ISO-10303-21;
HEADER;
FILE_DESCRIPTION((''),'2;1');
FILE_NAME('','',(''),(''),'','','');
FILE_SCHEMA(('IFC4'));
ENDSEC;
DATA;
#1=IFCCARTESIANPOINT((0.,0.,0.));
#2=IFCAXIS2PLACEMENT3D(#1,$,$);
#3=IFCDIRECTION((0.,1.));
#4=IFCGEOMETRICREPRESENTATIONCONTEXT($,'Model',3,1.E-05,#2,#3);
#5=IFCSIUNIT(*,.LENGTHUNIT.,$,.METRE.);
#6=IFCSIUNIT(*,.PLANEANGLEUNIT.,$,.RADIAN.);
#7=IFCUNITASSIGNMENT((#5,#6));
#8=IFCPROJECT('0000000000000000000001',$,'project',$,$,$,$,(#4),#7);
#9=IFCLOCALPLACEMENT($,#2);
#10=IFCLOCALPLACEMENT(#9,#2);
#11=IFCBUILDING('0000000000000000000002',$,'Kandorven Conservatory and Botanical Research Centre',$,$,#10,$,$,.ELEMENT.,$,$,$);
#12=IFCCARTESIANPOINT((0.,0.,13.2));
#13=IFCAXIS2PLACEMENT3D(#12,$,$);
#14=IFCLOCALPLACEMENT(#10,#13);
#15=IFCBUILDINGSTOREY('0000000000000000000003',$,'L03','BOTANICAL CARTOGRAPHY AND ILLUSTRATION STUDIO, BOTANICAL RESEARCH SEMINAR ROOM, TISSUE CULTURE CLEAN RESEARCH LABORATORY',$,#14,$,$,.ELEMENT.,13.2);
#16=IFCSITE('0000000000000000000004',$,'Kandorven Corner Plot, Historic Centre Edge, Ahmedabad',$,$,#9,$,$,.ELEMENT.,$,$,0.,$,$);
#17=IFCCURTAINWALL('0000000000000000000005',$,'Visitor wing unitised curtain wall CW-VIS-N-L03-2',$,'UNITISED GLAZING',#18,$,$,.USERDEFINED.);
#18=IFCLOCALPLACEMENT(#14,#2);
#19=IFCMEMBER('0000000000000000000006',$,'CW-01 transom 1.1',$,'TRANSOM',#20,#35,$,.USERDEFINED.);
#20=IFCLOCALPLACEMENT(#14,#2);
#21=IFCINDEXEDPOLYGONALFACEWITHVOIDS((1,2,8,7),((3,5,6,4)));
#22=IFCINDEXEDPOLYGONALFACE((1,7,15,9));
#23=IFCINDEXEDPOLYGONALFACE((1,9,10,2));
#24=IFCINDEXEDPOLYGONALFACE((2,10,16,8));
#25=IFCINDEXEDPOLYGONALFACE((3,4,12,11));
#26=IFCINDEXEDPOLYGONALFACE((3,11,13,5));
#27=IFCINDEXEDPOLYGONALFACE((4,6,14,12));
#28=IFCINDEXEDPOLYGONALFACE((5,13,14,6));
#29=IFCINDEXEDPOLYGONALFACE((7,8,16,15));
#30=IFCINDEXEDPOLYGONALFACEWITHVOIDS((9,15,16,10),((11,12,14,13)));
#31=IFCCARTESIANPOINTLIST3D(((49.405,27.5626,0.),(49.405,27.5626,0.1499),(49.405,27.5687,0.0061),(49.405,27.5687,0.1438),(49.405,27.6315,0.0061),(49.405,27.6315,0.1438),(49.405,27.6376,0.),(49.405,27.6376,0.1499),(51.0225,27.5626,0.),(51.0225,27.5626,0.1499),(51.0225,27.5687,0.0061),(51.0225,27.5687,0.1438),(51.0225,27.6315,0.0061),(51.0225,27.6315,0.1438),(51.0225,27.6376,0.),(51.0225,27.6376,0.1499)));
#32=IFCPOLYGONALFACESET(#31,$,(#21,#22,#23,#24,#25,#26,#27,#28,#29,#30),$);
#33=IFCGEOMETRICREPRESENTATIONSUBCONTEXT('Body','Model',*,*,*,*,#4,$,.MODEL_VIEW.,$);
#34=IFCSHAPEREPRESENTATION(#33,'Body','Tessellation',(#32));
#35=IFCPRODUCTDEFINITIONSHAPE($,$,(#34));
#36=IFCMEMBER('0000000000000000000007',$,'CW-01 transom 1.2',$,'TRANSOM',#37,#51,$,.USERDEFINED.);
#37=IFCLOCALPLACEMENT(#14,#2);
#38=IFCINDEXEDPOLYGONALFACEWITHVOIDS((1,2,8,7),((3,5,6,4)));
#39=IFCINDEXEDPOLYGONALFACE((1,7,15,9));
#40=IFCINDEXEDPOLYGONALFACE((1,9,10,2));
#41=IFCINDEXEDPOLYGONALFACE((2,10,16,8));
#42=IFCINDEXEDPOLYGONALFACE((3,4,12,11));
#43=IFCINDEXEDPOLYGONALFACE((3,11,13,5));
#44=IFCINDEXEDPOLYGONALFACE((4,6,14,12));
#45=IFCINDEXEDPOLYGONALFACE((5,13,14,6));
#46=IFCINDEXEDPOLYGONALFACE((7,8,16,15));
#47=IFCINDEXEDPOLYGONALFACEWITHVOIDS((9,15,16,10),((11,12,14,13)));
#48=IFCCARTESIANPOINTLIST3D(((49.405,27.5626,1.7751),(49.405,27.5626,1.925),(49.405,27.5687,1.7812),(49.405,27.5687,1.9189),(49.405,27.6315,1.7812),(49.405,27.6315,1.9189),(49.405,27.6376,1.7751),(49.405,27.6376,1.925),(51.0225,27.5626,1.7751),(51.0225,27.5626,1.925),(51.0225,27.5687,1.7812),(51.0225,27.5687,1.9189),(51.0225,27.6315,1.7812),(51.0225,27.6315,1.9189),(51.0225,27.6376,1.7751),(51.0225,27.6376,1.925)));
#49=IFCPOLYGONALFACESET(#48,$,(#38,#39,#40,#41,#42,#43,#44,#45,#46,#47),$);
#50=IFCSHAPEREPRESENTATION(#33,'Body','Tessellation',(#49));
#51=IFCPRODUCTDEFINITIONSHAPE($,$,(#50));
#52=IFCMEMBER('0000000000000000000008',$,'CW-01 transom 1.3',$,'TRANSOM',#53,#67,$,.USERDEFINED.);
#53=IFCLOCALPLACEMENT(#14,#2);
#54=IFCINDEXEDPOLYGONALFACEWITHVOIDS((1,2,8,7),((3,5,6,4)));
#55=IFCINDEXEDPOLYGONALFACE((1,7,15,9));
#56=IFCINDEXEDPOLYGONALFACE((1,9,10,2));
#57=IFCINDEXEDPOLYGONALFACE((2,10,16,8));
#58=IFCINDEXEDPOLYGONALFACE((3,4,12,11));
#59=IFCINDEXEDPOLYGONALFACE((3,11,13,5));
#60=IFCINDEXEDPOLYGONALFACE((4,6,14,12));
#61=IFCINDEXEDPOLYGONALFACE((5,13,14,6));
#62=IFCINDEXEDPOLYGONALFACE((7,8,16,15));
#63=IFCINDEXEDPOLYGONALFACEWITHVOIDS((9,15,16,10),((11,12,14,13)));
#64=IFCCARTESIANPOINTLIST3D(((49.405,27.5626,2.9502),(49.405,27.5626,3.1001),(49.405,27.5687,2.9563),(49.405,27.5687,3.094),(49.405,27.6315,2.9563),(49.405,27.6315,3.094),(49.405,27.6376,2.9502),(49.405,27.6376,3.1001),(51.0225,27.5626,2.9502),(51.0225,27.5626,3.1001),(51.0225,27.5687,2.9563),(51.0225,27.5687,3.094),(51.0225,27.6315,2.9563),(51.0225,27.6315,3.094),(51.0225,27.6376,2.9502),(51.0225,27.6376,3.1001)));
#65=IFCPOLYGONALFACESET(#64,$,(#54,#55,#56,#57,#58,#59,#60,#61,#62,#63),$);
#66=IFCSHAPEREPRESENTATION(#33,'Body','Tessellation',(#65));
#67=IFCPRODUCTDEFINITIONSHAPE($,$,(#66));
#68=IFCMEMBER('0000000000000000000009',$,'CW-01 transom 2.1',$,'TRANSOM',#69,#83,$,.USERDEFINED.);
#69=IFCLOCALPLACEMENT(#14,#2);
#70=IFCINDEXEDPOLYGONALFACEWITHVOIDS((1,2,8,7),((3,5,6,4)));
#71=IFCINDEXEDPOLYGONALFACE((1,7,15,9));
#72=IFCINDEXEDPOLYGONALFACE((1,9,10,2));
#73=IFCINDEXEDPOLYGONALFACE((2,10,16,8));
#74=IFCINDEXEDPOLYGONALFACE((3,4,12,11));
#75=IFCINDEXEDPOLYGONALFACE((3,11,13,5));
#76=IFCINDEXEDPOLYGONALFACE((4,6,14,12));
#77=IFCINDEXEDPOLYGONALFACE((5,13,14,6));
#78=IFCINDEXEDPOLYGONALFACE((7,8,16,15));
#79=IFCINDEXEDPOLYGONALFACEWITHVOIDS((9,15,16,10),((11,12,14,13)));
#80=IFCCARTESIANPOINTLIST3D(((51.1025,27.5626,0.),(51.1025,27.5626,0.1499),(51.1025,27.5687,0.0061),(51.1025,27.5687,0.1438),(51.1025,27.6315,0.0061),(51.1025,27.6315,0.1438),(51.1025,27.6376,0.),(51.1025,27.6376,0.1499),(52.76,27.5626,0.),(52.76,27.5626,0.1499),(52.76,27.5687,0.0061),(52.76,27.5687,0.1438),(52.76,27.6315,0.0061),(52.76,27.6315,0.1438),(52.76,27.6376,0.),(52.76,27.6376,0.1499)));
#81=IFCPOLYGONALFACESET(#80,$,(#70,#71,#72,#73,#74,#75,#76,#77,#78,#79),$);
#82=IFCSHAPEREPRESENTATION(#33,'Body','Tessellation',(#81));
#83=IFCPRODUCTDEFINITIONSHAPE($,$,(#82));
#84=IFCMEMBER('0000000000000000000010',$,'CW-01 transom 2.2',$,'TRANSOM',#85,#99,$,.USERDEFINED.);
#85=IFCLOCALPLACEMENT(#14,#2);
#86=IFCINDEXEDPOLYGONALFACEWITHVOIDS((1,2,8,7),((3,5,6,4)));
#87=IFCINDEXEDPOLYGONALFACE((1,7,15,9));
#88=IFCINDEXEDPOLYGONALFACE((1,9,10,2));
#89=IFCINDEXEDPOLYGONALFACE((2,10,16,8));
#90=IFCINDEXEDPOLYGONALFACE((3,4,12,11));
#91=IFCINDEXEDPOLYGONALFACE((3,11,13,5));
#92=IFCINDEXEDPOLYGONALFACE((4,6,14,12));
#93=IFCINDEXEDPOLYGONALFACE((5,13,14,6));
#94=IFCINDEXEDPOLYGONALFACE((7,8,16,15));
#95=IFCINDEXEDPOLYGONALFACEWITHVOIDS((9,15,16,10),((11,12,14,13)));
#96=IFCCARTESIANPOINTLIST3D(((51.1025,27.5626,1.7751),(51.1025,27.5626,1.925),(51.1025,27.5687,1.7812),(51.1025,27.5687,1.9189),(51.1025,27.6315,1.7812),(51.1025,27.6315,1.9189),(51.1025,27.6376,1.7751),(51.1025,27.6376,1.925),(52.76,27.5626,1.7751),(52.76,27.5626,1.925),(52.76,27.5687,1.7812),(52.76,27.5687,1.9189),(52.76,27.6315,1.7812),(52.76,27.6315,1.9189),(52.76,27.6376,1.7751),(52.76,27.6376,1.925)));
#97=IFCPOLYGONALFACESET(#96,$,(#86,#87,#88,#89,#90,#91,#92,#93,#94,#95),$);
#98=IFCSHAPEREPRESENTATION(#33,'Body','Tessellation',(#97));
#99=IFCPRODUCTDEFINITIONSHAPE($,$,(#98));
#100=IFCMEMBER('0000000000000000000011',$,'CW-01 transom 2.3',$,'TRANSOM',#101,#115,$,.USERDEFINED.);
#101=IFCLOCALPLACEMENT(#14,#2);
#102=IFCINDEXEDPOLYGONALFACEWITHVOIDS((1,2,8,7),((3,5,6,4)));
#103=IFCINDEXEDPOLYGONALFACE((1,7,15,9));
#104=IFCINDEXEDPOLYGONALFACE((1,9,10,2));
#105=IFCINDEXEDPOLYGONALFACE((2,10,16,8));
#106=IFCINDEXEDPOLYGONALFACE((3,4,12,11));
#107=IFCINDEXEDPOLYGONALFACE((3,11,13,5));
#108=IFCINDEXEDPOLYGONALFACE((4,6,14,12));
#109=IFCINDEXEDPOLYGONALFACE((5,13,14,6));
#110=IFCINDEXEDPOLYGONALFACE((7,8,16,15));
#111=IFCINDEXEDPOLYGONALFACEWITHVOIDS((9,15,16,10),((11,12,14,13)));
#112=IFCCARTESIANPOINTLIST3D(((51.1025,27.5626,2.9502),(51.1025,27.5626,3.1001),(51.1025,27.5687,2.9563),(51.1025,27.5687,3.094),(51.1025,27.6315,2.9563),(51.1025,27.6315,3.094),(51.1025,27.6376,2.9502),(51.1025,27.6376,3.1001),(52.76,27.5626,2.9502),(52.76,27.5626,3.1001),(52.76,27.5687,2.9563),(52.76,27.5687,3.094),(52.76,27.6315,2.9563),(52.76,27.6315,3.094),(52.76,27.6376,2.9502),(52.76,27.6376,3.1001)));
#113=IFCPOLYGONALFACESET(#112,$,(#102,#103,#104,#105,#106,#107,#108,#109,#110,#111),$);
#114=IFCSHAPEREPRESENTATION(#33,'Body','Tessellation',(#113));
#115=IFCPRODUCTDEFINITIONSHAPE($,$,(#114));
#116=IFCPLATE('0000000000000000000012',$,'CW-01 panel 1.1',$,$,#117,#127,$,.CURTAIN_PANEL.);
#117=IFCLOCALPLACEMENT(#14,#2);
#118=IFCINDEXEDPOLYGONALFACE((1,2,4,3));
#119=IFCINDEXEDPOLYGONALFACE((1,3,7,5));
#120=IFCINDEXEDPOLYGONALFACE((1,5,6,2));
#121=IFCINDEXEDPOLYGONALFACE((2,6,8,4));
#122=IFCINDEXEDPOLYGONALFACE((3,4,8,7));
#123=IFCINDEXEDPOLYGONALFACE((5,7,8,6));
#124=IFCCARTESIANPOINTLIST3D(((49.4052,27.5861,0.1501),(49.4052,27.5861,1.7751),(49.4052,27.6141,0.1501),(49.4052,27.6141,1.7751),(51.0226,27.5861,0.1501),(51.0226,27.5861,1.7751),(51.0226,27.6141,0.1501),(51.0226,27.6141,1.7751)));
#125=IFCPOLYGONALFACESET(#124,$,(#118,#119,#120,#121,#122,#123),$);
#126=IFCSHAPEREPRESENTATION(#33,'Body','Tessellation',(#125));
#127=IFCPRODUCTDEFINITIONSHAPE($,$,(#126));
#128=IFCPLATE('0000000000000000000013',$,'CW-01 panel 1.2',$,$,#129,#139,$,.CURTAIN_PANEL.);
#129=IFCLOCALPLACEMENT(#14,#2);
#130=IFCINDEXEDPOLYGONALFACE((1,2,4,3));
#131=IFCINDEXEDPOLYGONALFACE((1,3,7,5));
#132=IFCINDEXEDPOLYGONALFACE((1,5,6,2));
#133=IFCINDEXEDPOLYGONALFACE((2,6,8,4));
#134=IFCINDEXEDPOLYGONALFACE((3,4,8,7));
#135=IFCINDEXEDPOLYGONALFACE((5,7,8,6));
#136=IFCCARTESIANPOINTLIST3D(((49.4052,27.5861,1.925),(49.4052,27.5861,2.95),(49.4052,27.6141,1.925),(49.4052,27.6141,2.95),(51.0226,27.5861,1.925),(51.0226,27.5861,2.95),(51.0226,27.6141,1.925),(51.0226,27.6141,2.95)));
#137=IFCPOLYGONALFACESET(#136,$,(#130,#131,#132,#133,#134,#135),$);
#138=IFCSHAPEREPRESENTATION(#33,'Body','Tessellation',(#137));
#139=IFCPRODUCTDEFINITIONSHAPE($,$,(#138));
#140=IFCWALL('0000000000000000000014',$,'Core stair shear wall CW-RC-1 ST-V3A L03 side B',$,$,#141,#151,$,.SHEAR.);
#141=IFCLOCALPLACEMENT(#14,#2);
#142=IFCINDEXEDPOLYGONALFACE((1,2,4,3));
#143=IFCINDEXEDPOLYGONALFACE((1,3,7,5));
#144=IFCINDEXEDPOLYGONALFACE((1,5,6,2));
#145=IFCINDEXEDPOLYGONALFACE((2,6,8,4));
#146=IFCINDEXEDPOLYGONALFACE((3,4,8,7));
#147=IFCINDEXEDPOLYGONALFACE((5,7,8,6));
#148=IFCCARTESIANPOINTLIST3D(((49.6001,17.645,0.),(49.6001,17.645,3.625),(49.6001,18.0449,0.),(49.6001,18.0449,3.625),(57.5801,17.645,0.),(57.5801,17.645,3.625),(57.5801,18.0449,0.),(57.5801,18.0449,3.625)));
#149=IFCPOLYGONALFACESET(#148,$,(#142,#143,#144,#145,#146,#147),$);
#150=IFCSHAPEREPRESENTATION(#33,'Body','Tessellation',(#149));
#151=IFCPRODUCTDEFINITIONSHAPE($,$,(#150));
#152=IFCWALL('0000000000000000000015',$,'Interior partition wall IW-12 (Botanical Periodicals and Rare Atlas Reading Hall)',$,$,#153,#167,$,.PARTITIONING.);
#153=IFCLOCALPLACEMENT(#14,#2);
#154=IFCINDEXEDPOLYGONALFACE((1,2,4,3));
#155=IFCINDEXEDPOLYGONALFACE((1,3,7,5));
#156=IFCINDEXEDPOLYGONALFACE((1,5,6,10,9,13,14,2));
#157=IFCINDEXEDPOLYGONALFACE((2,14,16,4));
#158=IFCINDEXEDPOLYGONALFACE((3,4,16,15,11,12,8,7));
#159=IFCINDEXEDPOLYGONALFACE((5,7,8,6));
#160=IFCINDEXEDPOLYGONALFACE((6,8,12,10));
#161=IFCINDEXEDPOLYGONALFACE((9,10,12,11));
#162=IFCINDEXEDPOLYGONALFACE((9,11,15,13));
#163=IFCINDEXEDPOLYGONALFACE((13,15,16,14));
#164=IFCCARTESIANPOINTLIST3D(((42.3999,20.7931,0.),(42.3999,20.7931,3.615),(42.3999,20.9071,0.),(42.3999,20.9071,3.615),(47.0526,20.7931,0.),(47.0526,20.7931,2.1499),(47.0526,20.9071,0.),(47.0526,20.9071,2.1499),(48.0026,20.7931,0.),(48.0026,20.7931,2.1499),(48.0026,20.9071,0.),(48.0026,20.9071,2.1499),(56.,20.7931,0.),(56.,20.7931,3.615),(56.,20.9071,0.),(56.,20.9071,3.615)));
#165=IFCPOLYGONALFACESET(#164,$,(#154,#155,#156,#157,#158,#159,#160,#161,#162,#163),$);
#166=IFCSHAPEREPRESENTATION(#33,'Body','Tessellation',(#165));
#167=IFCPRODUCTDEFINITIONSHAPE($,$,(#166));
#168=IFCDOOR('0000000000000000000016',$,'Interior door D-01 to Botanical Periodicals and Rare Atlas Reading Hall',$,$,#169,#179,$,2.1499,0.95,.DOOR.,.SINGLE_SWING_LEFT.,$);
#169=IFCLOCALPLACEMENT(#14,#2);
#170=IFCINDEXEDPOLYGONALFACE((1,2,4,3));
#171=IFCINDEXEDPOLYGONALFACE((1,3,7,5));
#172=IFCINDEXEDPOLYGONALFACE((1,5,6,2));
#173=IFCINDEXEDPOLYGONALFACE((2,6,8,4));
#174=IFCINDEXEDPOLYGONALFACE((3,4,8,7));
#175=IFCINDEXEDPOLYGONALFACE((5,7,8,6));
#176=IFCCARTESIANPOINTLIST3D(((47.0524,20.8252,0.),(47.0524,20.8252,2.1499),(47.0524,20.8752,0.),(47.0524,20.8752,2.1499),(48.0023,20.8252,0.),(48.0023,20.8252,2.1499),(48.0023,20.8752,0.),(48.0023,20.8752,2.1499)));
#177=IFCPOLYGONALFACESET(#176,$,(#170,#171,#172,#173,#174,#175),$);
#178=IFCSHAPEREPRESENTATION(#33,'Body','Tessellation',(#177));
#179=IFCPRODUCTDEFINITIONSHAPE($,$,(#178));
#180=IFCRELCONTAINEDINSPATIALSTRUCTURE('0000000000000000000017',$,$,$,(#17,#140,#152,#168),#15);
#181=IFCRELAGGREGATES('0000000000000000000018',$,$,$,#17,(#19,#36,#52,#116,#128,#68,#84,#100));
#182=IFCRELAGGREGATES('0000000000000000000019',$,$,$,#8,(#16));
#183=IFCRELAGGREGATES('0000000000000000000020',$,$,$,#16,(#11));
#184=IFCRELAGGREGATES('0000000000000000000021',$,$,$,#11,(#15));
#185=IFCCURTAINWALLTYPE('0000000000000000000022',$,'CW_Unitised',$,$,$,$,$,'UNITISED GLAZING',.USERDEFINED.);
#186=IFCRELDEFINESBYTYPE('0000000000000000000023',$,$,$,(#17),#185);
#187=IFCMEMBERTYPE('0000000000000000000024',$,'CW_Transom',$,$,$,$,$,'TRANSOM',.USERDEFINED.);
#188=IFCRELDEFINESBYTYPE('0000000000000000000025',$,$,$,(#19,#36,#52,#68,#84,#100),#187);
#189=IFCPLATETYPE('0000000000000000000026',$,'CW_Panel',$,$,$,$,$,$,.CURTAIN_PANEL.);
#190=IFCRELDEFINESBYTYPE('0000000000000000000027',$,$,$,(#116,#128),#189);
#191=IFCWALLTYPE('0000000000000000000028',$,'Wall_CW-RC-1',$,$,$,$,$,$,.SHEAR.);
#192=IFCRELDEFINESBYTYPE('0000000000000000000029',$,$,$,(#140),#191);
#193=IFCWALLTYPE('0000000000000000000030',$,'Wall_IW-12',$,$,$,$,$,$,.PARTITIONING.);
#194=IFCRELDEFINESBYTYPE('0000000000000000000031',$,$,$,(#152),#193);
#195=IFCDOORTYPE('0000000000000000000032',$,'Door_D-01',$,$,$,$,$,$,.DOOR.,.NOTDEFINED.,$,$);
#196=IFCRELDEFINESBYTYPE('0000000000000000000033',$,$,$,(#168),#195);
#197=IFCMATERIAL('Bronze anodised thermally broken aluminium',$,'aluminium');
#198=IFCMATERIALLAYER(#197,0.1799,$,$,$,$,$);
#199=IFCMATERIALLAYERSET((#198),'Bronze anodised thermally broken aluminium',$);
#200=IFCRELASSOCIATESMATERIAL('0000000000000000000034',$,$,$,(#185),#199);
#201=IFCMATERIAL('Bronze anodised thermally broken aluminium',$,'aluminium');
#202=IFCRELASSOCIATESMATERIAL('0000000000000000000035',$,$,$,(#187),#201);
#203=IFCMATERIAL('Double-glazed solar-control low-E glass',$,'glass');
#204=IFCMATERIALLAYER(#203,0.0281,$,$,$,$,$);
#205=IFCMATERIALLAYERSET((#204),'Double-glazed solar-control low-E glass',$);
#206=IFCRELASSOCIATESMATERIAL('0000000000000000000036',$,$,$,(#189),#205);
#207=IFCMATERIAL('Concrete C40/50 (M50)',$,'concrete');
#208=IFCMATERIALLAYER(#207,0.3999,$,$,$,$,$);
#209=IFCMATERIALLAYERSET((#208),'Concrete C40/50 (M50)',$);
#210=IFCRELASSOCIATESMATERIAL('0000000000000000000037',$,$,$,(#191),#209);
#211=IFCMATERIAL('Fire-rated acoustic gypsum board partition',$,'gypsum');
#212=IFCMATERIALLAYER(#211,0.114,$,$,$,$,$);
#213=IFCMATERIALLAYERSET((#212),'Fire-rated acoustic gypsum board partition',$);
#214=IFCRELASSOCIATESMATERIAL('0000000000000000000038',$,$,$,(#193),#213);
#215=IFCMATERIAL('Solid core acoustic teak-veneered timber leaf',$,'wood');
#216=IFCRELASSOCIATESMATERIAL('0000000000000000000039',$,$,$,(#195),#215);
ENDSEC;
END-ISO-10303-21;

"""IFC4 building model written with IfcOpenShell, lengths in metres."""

from ifc_helpers import new_model, si_unit, direction, frame, frame_2d, origin, origin_2d, place, context, subcontext, project, spatial, rectangle, hollow_rectangle, extrude, material, layer, layer_set, material_profile, profile_set, type_object, element, fill, aggregate, save


model = new_model("IFC4")

# Units and contexts
model_context = context("Model", 3, precision=1e-05, world=origin(), true_north=direction((0.0, 1.0)))
body_context = subcontext(model_context, "Body", "Model", "MODEL_VIEW")
ifc_project = project(units=[si_unit("LENGTHUNIT", "METRE"), si_unit("PLANEANGLEUNIT", "RADIAN")], contexts=[model_context])

# Site, building, storey
site_placement = place(None, origin())
site = spatial("IfcSite", under=ifc_project, at=site_placement, Name="Kandorven Corner Plot, Historic Centre Edge, Ahmedabad", CompositionType="ELEMENT", RefElevation=0.0)
building_placement = place(site_placement, origin())
building = spatial("IfcBuilding", under=site, at=building_placement, Name="Kandorven Conservatory and Botanical Research Centre", CompositionType="ELEMENT")
storey_placement = place(building_placement, frame((0.0, 0.0, 13.2)))
storey = spatial("IfcBuildingStorey", under=building, at=storey_placement, Name="L03", Description="BOTANICAL CARTOGRAPHY AND ILLUSTRATION STUDIO, BOTANICAL RESEARCH SEMINAR ROOM, TISSUE CULTURE CLEAN RESEARCH LABORATORY", CompositionType="ELEMENT", Elevation=13.2)

# Curtain wall, members, plates
ifc_material_1 = material(Name="Bronze anodised thermally broken aluminium", Category="aluminium")
ifc_layer_1 = layer(ifc_material_1, 0.1799)
ifc_layer_set_1 = layer_set([ifc_layer_1], Name="Bronze anodised thermally broken aluminium")
curtain_wall_type = type_object("IfcCurtainWallType", Name="CW_Unitised", ElementType="UNITISED GLAZING", PredefinedType="USERDEFINED", material=ifc_layer_set_1)
curtain_wall_placement = place(storey_placement, origin())
curtain_wall = element("IfcCurtainWall", 1, at=curtain_wall_placement, inside=storey, type_object=curtain_wall_type, Name="Visitor wing unitised curtain wall CW-VIS-N-L03-2", ObjectType="UNITISED GLAZING", PredefinedType="USERDEFINED")
ifc_material_2 = material(Name="Bronze anodised thermally broken aluminium", Category="aluminium")
ifc_material_profile_1 = material_profile(ifc_material_2, hollow_rectangle(XDim=0.075, YDim=0.1499, WallThickness=0.0061, at=origin_2d()))
ifc_profile_set_1 = profile_set([ifc_material_profile_1], Name="Bronze anodised thermally broken aluminium")
member_type_1 = type_object("IfcMemberType", Name="CW_Transom", ElementType="TRANSOM", PredefinedType="USERDEFINED", material=ifc_profile_set_1)
member_1_placement = place(storey_placement, frame((49.405, 27.6001, 0.075), z_axis=(1.0, 0.0, 0.0), x_axis=(0.0, 1.0, 0.0)))
member_1 = element("IfcMember", 2, at=member_1_placement, type_object=member_type_1, Name="CW-01 transom 1.1", ObjectType="TRANSOM", PredefinedType="USERDEFINED", context=body_context, shape_type="SweptSolid", body=[
    extrude(hollow_rectangle(XDim=0.075, YDim=0.1499, WallThickness=0.0061, at=origin_2d()), origin(), (0.0, 0.0, 1.0), 1.6174),
])
member_2_placement = place(storey_placement, frame((49.405, 27.6001, 1.8501), z_axis=(1.0, 0.0, 0.0), x_axis=(0.0, 1.0, 0.0)))
member_2 = element("IfcMember", 3, at=member_2_placement, type_object=member_type_1, Name="CW-01 transom 1.2", ObjectType="TRANSOM", PredefinedType="USERDEFINED", context=body_context, shape_type="SweptSolid", body=[
    extrude(hollow_rectangle(XDim=0.075, YDim=0.1499, WallThickness=0.0061, at=origin_2d()), origin(), (0.0, 0.0, 1.0), 1.6174),
])
member_3_placement = place(storey_placement, frame((49.405, 27.6001, 3.0251), z_axis=(1.0, 0.0, 0.0), x_axis=(0.0, 1.0, 0.0)))
member_3 = element("IfcMember", 4, at=member_3_placement, type_object=member_type_1, Name="CW-01 transom 1.3", ObjectType="TRANSOM", PredefinedType="USERDEFINED", context=body_context, shape_type="SweptSolid", body=[
    extrude(hollow_rectangle(XDim=0.075, YDim=0.1499, WallThickness=0.0061, at=origin_2d()), origin(), (0.0, 0.0, 1.0), 1.6174),
])
member_4_placement = place(storey_placement, frame((51.1025, 27.6001, 0.075), z_axis=(1.0, 0.0, 0.0), x_axis=(0.0, 1.0, 0.0)))
member_4 = element("IfcMember", 5, at=member_4_placement, type_object=member_type_1, Name="CW-01 transom 2.1", ObjectType="TRANSOM", PredefinedType="USERDEFINED", context=body_context, shape_type="SweptSolid", body=[
    extrude(hollow_rectangle(XDim=0.075, YDim=0.1499, WallThickness=0.0061, at=origin_2d()), origin(), (0.0, 0.0, 1.0), 1.6575),
])
member_5_placement = place(storey_placement, frame((51.1025, 27.6001, 1.8501), z_axis=(1.0, 0.0, 0.0), x_axis=(0.0, 1.0, 0.0)))
member_5 = element("IfcMember", 6, at=member_5_placement, type_object=member_type_1, Name="CW-01 transom 2.2", ObjectType="TRANSOM", PredefinedType="USERDEFINED", context=body_context, shape_type="SweptSolid", body=[
    extrude(hollow_rectangle(XDim=0.075, YDim=0.1499, WallThickness=0.0061, at=origin_2d()), origin(), (0.0, 0.0, 1.0), 1.6575),
])
member_6_placement = place(storey_placement, frame((51.1025, 27.6001, 3.0251), z_axis=(1.0, 0.0, 0.0), x_axis=(0.0, 1.0, 0.0)))
member_6 = element("IfcMember", 7, at=member_6_placement, type_object=member_type_1, Name="CW-01 transom 2.3", ObjectType="TRANSOM", PredefinedType="USERDEFINED", context=body_context, shape_type="SweptSolid", body=[
    extrude(hollow_rectangle(XDim=0.075, YDim=0.1499, WallThickness=0.0061, at=origin_2d()), origin(), (0.0, 0.0, 1.0), 1.6575),
])
ifc_material_3 = material(Name="Double-glazed solar-control low-E glass", Category="glass")
ifc_layer_2 = layer(ifc_material_3, 0.0281)
ifc_layer_set_2 = layer_set([ifc_layer_2], Name="Double-glazed solar-control low-E glass")
plate_type = type_object("IfcPlateType", Name="CW_Panel", PredefinedType="CURTAIN_PANEL", material=ifc_layer_set_2)
plate_1_placement = place(storey_placement, frame((50.2139, 27.6001, 0.1501), z_axis=(0.0, 0.0, 1.0), x_axis=(1.0, 0.0, 0.0)))
plate_1 = element("IfcPlate", 8, at=plate_1_placement, type_object=plate_type, Name="CW-01 panel 1.1", PredefinedType="CURTAIN_PANEL", context=body_context, shape_type="SweptSolid", body=[
    extrude(rectangle(XDim=1.6174, YDim=0.0281, at=origin_2d()), origin(), (0.0, 0.0, 1.0), 1.625),
])
plate_2_placement = place(storey_placement, frame((50.2139, 27.6001, 1.925), z_axis=(0.0, 0.0, 1.0), x_axis=(1.0, 0.0, 0.0)))
plate_2 = element("IfcPlate", 9, at=plate_2_placement, type_object=plate_type, Name="CW-01 panel 1.2", PredefinedType="CURTAIN_PANEL", context=body_context, shape_type="SweptSolid", body=[
    extrude(rectangle(XDim=1.6174, YDim=0.0281, at=origin_2d()), origin(), (0.0, 0.0, 1.0), 1.0249),
])
aggregate(curtain_wall, [member_1, member_2, member_3, plate_1, plate_2, member_4, member_5, member_6])

# Wall
ifc_material_4 = material(Name="Concrete C40/50 (M50)", Category="concrete")
ifc_layer_3 = layer(ifc_material_4, 0.3999)
ifc_layer_set_3 = layer_set([ifc_layer_3], Name="Concrete C40/50 (M50)")
wall_type_1 = type_object("IfcWallType", Name="Wall_CW-RC-1", PredefinedType="SHEAR", material=ifc_layer_set_3)
wall_1_placement = place(storey_placement, frame((49.6001, 17.845, 0.0), z_axis=(0.0, 0.0, 1.0), x_axis=(1.0, 0.0, 0.0)))
element("IfcWall", 10, at=wall_1_placement, inside=storey, type_object=wall_type_1, Name="Core stair shear wall CW-RC-1 ST-V3A L03 side B", PredefinedType="SHEAR", context=body_context, shape_type="SweptSolid", body=[
    extrude(rectangle(XDim=7.98, YDim=0.3999, at=frame_2d((3.99, 0.0))), origin(), (0.0, 0.0, 1.0), 3.625),
])

# Wall, opening, door
ifc_material_5 = material(Name="Fire-rated acoustic gypsum board partition", Category="gypsum")
ifc_layer_4 = layer(ifc_material_5, 0.114)
ifc_layer_set_4 = layer_set([ifc_layer_4], Name="Fire-rated acoustic gypsum board partition")
wall_type_2 = type_object("IfcWallType", Name="Wall_IW-12", PredefinedType="PARTITIONING", material=ifc_layer_set_4)
wall_2_placement = place(storey_placement, frame((42.3999, 20.8501, 0.0), z_axis=(0.0, 0.0, 1.0), x_axis=(1.0, 0.0, 0.0)))
wall_2 = element("IfcWall", 11, at=wall_2_placement, inside=storey, type_object=wall_type_2, Name="Interior partition wall IW-12 (Botanical Periodicals and Rare Atlas Reading Hall)", PredefinedType="PARTITIONING", context=body_context, shape_type="SweptSolid", body=[
    extrude(rectangle(XDim=13.6001, YDim=0.114, at=frame_2d((6.8, 0.0))), origin(), (0.0, 0.0, 1.0), 3.615),
])
opening_placement = place(wall_2_placement, frame((4.6526, 0.0, 0.0)))
opening = element("IfcOpeningElement", 12, at=opening_placement, cuts=wall_2, PredefinedType="OPENING", context=body_context, shape_type="SweptSolid", body=[
    extrude(rectangle(XDim=0.95, YDim=2.1499, at=frame_2d((0.4751, 1.075))), frame((0.0, 0.0669, 0.0), z_axis=(0.0, -1.0, 0.0), x_axis=(1.0, 0.0, 0.0)), (0.0, 0.0, 1.0), 0.134),
])
ifc_material_6 = material(Name="Solid core acoustic teak-veneered timber leaf", Category="wood")
door_type = type_object("IfcDoorType", Name="Door_D-01", OperationType="NOTDEFINED", PredefinedType="DOOR", material=ifc_material_6)
door_placement = place(opening_placement, frame((0.95, 0.0, 0.0), z_axis=(0.0, 0.0, 1.0), x_axis=(-1.0, 0.0, 0.0)))
door = element("IfcDoor", 13, at=door_placement, inside=storey, type_object=door_type, Name="Interior door D-01 to Botanical Periodicals and Rare Atlas Reading Hall", OperationType="SINGLE_SWING_LEFT", OverallHeight=2.1499, OverallWidth=0.95, PredefinedType="DOOR", context=body_context, shape_type="SweptSolid", body=[
    extrude(rectangle(XDim=0.95, YDim=2.1499, at=frame_2d((0.4751, 1.075))), frame((0.0, 0.0249, 0.0), z_axis=(0.0, -1.0, 0.0), x_axis=(1.0, 0.0, 0.0)), (0.0, 0.0, 1.0), 0.05),
])
fill(opening, door)

save(model, "model.ifc")
